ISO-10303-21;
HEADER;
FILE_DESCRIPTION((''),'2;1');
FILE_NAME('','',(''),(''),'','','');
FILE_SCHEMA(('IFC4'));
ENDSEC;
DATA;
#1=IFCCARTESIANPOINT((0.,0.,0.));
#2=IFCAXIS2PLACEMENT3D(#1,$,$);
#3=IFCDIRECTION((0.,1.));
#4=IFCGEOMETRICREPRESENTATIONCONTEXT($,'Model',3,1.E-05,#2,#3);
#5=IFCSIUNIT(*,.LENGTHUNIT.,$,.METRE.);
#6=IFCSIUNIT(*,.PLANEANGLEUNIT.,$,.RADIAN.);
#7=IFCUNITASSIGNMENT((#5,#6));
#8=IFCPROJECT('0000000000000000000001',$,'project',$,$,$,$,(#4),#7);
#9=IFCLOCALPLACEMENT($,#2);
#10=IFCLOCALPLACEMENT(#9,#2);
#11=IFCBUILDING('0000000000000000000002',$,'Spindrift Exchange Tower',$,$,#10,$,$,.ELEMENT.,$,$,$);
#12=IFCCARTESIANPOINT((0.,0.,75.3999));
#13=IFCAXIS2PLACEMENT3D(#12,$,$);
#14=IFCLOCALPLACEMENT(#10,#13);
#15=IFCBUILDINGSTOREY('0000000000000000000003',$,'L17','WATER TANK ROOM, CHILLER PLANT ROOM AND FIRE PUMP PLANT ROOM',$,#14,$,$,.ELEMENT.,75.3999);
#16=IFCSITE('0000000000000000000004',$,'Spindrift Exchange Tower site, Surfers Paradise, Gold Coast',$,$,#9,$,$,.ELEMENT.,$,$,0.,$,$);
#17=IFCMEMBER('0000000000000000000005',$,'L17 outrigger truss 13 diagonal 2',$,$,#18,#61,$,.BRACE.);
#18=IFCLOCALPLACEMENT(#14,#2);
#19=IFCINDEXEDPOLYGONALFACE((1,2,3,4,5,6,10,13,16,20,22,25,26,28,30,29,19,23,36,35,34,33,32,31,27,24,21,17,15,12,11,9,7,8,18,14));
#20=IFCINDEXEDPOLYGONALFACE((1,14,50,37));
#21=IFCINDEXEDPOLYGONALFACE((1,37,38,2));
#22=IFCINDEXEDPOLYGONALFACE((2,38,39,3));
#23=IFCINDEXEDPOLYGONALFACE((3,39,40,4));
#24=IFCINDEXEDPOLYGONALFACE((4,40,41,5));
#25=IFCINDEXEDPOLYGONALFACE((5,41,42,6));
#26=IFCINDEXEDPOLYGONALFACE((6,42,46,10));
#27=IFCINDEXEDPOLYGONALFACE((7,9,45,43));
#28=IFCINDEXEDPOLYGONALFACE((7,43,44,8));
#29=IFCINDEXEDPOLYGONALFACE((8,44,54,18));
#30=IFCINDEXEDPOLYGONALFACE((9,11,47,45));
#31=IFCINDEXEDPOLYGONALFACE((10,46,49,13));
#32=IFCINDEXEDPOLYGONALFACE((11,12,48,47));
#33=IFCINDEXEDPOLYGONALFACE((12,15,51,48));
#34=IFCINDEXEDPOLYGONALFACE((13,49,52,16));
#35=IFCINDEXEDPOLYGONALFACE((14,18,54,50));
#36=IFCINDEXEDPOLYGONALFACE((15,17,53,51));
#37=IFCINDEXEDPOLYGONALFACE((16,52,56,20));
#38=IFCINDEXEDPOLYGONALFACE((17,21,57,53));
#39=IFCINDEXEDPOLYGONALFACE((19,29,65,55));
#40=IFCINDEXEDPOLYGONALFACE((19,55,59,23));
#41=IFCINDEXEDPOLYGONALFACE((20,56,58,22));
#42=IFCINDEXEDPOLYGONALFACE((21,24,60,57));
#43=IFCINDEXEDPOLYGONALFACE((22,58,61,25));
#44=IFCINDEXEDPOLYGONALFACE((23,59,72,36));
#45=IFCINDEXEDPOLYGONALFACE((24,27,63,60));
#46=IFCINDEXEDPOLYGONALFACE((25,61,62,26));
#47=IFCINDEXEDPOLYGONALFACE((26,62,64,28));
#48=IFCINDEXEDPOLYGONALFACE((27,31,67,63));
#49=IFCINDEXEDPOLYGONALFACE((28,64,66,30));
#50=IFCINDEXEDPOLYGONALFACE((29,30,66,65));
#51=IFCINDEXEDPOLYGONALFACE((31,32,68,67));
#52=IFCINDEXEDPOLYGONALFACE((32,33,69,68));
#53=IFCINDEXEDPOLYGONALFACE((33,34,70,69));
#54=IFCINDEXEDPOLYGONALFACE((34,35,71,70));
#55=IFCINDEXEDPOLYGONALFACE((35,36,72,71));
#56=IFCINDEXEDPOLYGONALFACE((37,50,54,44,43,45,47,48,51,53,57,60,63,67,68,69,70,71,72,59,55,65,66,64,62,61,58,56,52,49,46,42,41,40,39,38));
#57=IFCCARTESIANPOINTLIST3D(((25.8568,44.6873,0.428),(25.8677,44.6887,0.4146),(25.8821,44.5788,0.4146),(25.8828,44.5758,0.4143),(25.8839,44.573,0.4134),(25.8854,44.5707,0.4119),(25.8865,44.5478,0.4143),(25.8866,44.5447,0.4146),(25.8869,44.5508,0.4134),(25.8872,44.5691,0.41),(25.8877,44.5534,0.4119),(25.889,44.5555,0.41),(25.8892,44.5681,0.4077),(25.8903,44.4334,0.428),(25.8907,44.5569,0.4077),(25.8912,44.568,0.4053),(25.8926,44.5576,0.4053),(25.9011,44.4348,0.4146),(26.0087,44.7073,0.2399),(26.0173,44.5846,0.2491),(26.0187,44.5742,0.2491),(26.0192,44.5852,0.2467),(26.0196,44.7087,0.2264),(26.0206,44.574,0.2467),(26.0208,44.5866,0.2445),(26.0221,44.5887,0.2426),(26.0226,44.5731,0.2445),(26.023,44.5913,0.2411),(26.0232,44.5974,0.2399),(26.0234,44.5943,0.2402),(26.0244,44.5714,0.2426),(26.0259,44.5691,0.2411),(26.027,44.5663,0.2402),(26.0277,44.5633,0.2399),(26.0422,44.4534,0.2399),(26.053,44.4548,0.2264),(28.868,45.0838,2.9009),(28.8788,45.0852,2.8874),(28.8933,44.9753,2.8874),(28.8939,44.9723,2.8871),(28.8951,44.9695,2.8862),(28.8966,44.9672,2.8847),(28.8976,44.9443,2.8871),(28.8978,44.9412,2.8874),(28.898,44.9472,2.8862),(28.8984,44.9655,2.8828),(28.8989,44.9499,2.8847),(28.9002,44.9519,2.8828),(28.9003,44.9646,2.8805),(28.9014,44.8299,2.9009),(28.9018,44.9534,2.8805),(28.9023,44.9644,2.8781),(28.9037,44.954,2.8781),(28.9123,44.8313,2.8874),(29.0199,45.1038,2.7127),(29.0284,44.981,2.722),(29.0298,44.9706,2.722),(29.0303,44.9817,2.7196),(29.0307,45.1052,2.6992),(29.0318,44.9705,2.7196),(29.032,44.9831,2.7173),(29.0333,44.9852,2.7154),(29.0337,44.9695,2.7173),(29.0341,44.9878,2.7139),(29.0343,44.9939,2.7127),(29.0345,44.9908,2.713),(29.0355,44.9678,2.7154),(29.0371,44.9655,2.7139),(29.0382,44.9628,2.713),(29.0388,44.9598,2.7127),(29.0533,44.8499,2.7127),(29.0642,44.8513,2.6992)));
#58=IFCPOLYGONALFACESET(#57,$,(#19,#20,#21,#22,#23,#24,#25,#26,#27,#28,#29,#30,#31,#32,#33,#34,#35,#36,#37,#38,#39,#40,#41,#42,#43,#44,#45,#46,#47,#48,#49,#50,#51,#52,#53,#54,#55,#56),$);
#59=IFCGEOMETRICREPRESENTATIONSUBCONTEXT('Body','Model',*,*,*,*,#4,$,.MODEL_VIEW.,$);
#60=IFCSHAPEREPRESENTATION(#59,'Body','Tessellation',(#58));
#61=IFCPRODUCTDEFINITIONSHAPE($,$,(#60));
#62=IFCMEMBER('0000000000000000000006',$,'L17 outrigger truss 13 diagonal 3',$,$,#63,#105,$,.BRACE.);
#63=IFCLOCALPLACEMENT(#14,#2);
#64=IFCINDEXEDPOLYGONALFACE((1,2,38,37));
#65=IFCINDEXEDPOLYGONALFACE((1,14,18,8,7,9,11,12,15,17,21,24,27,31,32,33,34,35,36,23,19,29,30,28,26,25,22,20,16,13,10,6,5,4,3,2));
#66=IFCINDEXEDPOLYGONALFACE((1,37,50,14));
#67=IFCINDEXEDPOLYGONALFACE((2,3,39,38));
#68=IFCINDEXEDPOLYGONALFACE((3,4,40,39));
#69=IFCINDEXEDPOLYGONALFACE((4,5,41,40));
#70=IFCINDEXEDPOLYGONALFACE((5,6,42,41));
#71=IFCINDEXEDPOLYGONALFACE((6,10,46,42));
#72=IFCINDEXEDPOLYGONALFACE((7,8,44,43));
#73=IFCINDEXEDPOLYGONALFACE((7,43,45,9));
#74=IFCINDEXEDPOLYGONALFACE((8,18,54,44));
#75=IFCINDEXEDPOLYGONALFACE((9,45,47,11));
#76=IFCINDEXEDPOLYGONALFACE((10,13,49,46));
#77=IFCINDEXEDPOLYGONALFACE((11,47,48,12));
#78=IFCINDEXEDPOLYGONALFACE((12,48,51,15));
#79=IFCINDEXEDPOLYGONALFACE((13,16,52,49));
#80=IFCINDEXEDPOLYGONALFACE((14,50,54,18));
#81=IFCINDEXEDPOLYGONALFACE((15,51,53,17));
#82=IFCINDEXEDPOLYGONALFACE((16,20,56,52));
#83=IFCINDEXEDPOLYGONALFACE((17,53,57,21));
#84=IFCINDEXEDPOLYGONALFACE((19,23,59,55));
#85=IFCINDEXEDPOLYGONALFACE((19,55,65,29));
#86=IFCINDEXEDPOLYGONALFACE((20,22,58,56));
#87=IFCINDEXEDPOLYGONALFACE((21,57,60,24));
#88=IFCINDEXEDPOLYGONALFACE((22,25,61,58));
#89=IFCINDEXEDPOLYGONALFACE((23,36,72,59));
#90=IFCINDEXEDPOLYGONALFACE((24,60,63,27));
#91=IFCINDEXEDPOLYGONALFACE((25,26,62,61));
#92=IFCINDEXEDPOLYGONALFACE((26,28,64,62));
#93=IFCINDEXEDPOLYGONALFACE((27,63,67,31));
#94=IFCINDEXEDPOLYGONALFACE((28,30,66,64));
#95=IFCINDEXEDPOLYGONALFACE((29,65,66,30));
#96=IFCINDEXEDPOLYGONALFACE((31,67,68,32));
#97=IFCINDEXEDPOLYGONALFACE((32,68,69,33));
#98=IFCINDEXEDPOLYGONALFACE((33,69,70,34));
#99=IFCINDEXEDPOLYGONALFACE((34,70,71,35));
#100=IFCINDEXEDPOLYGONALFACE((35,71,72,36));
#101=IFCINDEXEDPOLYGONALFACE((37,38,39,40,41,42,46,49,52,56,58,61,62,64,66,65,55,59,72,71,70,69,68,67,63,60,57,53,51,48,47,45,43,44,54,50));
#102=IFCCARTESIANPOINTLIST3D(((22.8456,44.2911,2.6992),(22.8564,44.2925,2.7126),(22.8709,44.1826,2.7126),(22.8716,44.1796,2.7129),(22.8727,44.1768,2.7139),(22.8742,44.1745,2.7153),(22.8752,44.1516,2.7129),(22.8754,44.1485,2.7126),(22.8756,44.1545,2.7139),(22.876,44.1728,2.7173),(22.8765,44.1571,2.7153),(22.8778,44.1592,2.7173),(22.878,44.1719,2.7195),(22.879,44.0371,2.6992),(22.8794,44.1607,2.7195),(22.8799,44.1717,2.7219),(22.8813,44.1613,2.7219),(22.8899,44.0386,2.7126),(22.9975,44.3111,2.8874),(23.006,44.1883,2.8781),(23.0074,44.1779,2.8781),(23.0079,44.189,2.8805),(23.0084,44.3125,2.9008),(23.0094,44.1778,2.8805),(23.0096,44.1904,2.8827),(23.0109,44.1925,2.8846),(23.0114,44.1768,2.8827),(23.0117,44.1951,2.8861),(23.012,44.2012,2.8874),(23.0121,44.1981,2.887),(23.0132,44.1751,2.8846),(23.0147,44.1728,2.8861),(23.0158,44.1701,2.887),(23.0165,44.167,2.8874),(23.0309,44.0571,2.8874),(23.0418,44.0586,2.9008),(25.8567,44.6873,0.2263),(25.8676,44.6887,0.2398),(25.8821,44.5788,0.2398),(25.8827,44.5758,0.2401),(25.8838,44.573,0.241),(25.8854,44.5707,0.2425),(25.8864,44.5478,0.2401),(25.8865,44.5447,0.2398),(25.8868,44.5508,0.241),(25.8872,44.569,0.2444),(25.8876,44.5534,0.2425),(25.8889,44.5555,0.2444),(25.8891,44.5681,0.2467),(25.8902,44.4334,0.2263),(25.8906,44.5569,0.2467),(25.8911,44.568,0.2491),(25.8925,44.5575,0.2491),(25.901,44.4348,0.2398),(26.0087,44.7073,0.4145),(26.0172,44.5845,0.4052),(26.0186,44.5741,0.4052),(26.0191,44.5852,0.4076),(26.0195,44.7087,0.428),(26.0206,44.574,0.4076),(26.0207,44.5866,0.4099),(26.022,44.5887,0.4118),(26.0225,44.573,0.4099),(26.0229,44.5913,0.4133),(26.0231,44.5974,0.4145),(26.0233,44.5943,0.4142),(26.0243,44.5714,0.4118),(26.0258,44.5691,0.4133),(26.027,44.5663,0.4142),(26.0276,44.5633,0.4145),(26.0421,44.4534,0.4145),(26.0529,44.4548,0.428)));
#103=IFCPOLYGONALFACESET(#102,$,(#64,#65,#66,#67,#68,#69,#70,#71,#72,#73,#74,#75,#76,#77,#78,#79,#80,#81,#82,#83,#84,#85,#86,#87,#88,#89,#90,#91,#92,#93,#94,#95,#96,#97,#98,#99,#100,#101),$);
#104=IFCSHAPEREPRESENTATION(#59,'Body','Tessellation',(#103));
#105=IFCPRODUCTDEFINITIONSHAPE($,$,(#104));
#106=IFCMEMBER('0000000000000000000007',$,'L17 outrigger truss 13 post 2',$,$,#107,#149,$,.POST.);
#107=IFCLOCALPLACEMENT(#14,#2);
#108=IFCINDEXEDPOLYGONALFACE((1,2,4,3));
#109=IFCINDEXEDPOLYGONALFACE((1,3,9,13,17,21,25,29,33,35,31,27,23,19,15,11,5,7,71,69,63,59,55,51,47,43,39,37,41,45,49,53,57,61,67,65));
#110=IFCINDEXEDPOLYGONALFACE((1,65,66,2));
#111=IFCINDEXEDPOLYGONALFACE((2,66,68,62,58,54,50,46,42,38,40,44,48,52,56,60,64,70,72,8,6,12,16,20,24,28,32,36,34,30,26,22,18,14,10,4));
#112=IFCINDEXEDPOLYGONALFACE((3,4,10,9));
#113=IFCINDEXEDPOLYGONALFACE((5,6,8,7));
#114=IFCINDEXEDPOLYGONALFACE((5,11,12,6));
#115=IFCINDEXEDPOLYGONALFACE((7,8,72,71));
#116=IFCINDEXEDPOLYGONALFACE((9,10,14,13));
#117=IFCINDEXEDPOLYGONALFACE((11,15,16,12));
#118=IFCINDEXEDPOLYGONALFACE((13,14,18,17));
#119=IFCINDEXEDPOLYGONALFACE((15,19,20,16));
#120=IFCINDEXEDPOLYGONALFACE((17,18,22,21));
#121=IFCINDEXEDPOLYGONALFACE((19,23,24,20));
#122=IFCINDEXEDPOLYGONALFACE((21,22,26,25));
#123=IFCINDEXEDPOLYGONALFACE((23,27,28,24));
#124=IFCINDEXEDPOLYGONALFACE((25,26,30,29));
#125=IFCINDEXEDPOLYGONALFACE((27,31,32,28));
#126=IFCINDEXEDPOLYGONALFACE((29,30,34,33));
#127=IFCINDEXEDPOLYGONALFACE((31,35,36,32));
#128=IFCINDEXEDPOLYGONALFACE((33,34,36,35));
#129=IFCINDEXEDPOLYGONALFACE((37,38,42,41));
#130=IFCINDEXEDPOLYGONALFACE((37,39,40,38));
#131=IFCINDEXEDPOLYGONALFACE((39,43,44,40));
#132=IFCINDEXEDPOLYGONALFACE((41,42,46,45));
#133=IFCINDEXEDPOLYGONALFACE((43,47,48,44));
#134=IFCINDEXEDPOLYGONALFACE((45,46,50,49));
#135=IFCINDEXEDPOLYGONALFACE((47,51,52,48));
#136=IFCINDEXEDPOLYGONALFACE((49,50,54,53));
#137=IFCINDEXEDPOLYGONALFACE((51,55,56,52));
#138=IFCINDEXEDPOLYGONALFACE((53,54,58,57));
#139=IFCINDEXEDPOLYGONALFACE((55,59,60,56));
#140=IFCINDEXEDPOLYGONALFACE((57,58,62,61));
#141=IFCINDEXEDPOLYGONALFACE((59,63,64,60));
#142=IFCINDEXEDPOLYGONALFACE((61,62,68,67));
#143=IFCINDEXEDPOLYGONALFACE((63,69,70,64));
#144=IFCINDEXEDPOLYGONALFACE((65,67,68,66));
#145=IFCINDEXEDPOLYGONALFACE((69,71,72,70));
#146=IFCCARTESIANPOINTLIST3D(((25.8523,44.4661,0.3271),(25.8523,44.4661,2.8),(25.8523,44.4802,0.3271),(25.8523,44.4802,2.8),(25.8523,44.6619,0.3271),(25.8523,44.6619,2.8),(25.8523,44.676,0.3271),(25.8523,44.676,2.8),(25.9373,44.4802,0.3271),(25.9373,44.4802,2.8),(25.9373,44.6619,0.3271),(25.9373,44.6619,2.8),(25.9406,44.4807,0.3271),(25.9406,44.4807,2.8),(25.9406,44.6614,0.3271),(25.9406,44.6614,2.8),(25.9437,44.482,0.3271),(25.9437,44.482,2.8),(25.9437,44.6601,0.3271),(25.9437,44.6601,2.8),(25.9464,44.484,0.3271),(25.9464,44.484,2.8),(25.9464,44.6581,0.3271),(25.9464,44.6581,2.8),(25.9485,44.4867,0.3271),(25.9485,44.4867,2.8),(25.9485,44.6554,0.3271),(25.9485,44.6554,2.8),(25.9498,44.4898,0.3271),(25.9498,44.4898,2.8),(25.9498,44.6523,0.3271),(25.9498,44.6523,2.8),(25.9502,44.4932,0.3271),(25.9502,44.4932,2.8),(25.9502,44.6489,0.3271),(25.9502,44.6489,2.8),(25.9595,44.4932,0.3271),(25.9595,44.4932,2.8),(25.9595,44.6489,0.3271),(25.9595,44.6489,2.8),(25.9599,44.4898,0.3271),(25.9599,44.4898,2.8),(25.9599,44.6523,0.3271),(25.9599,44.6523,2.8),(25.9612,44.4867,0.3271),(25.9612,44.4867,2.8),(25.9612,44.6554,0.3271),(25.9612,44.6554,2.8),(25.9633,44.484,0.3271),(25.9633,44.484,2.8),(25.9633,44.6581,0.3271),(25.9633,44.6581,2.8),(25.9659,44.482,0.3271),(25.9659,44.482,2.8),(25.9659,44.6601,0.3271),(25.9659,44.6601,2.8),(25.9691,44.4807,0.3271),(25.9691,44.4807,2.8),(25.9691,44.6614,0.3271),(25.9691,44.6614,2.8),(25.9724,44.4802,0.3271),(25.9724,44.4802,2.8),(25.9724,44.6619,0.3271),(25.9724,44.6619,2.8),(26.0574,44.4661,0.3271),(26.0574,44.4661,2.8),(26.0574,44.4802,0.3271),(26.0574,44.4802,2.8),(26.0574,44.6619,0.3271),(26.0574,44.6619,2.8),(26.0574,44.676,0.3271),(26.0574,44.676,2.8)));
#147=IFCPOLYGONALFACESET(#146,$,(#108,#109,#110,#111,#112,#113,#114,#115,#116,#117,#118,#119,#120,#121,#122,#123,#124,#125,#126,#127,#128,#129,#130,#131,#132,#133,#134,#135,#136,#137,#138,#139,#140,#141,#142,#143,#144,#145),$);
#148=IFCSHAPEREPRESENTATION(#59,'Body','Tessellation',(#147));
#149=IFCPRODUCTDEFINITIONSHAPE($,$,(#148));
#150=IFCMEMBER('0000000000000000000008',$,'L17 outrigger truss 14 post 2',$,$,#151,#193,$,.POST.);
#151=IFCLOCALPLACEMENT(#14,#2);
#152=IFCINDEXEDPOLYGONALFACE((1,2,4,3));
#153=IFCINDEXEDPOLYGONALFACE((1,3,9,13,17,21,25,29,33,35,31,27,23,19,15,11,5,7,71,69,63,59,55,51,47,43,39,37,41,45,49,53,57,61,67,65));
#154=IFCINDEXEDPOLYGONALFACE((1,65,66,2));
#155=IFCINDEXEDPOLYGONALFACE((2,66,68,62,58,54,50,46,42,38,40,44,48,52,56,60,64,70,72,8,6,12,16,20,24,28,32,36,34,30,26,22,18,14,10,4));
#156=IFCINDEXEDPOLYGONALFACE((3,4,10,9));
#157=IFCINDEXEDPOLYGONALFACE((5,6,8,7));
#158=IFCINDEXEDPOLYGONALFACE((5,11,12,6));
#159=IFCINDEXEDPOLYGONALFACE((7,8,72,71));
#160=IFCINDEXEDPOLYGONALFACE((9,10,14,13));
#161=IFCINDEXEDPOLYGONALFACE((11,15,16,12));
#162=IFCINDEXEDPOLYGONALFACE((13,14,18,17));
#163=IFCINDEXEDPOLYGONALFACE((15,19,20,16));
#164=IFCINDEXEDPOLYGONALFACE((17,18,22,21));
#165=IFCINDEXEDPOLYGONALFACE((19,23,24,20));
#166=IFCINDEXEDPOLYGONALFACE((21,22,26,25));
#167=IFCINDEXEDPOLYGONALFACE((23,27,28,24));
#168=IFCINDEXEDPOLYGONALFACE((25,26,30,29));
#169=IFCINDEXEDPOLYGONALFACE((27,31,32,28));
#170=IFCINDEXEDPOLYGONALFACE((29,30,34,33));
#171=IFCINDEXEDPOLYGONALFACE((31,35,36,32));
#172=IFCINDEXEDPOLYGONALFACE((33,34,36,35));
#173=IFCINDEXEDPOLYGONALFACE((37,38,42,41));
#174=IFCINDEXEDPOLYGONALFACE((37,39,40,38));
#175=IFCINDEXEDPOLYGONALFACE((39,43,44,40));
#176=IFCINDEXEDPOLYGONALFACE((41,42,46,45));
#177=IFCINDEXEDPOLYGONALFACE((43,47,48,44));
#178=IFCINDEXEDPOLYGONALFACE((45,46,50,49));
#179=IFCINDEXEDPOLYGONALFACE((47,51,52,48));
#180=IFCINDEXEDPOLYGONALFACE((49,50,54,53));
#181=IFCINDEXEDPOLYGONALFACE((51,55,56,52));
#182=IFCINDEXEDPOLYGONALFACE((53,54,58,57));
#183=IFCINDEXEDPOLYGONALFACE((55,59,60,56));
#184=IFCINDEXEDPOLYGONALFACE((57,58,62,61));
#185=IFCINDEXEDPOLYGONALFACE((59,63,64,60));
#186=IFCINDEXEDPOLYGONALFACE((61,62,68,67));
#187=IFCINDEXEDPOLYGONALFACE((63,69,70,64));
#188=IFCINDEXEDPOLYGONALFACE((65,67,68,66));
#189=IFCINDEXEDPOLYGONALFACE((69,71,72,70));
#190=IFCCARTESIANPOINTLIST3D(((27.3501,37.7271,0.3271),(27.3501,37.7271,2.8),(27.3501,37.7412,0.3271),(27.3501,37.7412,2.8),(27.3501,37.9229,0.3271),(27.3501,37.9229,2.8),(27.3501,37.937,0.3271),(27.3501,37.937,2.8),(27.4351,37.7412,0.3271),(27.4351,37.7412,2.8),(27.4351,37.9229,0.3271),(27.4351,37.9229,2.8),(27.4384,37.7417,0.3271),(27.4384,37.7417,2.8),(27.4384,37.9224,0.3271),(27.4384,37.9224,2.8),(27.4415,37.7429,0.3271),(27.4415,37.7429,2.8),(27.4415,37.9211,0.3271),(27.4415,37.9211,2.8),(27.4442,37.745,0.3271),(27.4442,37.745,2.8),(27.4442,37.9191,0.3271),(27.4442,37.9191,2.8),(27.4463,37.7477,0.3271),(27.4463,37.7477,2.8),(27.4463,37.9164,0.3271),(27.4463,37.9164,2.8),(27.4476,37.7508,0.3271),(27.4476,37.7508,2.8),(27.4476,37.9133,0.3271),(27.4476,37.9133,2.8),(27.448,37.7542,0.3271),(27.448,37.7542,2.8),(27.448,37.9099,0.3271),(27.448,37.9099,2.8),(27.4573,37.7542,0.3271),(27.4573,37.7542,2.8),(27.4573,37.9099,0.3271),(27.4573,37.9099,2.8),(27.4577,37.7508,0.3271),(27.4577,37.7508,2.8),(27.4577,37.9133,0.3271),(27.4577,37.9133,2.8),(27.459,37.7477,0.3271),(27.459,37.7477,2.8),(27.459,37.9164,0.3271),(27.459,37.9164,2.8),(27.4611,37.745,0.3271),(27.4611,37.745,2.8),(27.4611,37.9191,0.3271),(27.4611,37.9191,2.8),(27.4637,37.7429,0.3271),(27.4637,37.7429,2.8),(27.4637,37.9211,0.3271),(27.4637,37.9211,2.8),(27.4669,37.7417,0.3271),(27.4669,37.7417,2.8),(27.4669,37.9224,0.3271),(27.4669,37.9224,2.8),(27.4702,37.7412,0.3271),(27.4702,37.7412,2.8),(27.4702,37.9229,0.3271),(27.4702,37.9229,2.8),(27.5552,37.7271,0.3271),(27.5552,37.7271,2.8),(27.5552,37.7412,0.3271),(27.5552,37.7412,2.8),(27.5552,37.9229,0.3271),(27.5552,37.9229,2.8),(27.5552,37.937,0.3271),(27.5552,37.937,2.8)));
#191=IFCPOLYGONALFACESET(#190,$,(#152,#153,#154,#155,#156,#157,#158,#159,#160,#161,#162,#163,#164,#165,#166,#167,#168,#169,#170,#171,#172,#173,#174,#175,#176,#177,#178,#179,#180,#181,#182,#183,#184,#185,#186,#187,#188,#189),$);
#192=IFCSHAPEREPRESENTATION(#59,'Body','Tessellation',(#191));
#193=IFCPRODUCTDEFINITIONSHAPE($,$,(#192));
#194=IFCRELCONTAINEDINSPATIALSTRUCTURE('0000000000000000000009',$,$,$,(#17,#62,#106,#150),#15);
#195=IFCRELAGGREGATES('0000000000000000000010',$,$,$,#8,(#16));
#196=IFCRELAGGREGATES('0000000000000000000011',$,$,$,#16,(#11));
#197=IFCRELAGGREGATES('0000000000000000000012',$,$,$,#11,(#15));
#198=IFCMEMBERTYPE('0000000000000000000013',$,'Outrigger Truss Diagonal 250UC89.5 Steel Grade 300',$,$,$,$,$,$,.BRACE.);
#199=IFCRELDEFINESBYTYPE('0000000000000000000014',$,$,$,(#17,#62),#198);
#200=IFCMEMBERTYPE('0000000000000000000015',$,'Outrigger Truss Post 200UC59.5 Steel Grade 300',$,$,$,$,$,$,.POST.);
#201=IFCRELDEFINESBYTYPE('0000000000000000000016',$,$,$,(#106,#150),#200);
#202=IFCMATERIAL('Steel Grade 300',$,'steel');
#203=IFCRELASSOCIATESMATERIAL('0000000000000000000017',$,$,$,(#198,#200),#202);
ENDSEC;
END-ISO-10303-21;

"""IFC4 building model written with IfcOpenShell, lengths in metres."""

from ifc_helpers import new_model, si_unit, direction, frame, origin, origin_2d, place, context, subcontext, project, spatial, i_section, extrude, source, transform, mapped, material, material_profile, profile_set, type_object, element, save


model = new_model("IFC4")

# Units and contexts
model_context = context("Model", 3, precision=1e-05, world=origin(), true_north=direction((0.0, 1.0)))
body_context = subcontext(model_context, "Body", "Model", "MODEL_VIEW")
ifc_project = project(units=[si_unit("LENGTHUNIT", "METRE"), si_unit("PLANEANGLEUNIT", "RADIAN")], contexts=[model_context])

# Site, building, storey
site_placement = place(None, origin())
site = spatial("IfcSite", under=ifc_project, at=site_placement, Name="Spindrift Exchange Tower site, Surfers Paradise, Gold Coast", CompositionType="ELEMENT", RefElevation=0.0)
building_placement = place(site_placement, origin())
building = spatial("IfcBuilding", under=site, at=building_placement, Name="Spindrift Exchange Tower", CompositionType="ELEMENT")
storey_placement = place(building_placement, frame((0.0, 0.0, 75.3999)))
storey = spatial("IfcBuildingStorey", under=building, at=storey_placement, Name="L17", Description="WATER TANK ROOM, CHILLER PLANT ROOM AND FIRE PUMP PLANT ROOM", CompositionType="ELEMENT", Elevation=75.3999)

# Shared definitions
ifc_material_1 = material(Name="Steel Grade 300", Category="steel")

# Members
ifc_material_profile_1 = material_profile(ifc_material_1, i_section(OverallWidth=0.2561, OverallDepth=0.26, WebThickness=0.0105, FlangeThickness=0.0173, FilletRadius=0.012, at=origin_2d()), Name="250UC89.5")
ifc_profile_set_1 = profile_set([ifc_material_profile_1], Name="Steel Grade 300")
member_type_1 = type_object("IfcMemberType", Name="Outrigger Truss Diagonal 250UC89.5 Steel Grade 300", PredefinedType="BRACE", material=ifc_profile_set_1)
shared_shape_1 = source(origin(), body_context, "Body", "SweptSolid", [
    extrude(i_section(OverallWidth=0.2561, OverallDepth=0.26, WebThickness=0.0105, FlangeThickness=0.0173, FilletRadius=0.012, at=origin_2d()), origin(), (0.0, 0.0, 1.0), 3.9165),
])
for number, where, z_axis, x_axis, name in (
    (1, (28.9661, 44.9675, 2.8), (-0.768833, -0.101231, -0.631386), (0.130542, -0.991443, 0.0), "L17 outrigger truss 13 diagonal 2"),
    (2, (25.9548, 44.571, 0.3271), (-0.768838, -0.101169, 0.63139), (0.130463, -0.991453, 0.0), "L17 outrigger truss 13 diagonal 3"),
):
    element("IfcMember", number, at=place(storey_placement, frame(where, z_axis=z_axis, x_axis=x_axis)), inside=storey, type_object=member_type_1, Name=name, PredefinedType="BRACE", context=body_context, shape_type="MappedRepresentation", body=[
        mapped(shared_shape_1, transform((0.0, 0.0, 0.0), scale=1.0)),
    ])
ifc_material_profile_2 = material_profile(ifc_material_1, i_section(OverallWidth=0.2051, OverallDepth=0.21, WebThickness=0.0093, FlangeThickness=0.0142, FilletRadius=0.0129, at=origin_2d()), Name="200UC59.5")
ifc_profile_set_2 = profile_set([ifc_material_profile_2], Name="Steel Grade 300")
member_type_2 = type_object("IfcMemberType", Name="Outrigger Truss Post 200UC59.5 Steel Grade 300", PredefinedType="POST", material=ifc_profile_set_2)
shared_shape_2 = source(origin(), body_context, "Body", "SweptSolid", [
    extrude(i_section(OverallWidth=0.2051, OverallDepth=0.21, WebThickness=0.0093, FlangeThickness=0.0142, FilletRadius=0.0129, at=origin_2d()), origin(), (0.0, 0.0, 1.0), 2.4729),
])
for number, where, z_axis, x_axis, name in (
    (3, (25.9548, 44.571, 0.3271), (0.0, 0.0, 1.0), (1.0, 0.0, 0.0), "L17 outrigger truss 13 post 2"),
    (4, (27.4526, 37.832, 0.3271), (0.0, 0.0, 1.0), (1.0, 0.0, 0.0), "L17 outrigger truss 14 post 2"),
):
    element("IfcMember", number, at=place(storey_placement, frame(where, z_axis=z_axis, x_axis=x_axis)), inside=storey, type_object=member_type_2, Name=name, PredefinedType="POST", context=body_context, shape_type="MappedRepresentation", body=[
        mapped(shared_shape_2, transform((0.0, 0.0, 0.0), scale=1.0)),
    ])

save(model, "model.ifc")
